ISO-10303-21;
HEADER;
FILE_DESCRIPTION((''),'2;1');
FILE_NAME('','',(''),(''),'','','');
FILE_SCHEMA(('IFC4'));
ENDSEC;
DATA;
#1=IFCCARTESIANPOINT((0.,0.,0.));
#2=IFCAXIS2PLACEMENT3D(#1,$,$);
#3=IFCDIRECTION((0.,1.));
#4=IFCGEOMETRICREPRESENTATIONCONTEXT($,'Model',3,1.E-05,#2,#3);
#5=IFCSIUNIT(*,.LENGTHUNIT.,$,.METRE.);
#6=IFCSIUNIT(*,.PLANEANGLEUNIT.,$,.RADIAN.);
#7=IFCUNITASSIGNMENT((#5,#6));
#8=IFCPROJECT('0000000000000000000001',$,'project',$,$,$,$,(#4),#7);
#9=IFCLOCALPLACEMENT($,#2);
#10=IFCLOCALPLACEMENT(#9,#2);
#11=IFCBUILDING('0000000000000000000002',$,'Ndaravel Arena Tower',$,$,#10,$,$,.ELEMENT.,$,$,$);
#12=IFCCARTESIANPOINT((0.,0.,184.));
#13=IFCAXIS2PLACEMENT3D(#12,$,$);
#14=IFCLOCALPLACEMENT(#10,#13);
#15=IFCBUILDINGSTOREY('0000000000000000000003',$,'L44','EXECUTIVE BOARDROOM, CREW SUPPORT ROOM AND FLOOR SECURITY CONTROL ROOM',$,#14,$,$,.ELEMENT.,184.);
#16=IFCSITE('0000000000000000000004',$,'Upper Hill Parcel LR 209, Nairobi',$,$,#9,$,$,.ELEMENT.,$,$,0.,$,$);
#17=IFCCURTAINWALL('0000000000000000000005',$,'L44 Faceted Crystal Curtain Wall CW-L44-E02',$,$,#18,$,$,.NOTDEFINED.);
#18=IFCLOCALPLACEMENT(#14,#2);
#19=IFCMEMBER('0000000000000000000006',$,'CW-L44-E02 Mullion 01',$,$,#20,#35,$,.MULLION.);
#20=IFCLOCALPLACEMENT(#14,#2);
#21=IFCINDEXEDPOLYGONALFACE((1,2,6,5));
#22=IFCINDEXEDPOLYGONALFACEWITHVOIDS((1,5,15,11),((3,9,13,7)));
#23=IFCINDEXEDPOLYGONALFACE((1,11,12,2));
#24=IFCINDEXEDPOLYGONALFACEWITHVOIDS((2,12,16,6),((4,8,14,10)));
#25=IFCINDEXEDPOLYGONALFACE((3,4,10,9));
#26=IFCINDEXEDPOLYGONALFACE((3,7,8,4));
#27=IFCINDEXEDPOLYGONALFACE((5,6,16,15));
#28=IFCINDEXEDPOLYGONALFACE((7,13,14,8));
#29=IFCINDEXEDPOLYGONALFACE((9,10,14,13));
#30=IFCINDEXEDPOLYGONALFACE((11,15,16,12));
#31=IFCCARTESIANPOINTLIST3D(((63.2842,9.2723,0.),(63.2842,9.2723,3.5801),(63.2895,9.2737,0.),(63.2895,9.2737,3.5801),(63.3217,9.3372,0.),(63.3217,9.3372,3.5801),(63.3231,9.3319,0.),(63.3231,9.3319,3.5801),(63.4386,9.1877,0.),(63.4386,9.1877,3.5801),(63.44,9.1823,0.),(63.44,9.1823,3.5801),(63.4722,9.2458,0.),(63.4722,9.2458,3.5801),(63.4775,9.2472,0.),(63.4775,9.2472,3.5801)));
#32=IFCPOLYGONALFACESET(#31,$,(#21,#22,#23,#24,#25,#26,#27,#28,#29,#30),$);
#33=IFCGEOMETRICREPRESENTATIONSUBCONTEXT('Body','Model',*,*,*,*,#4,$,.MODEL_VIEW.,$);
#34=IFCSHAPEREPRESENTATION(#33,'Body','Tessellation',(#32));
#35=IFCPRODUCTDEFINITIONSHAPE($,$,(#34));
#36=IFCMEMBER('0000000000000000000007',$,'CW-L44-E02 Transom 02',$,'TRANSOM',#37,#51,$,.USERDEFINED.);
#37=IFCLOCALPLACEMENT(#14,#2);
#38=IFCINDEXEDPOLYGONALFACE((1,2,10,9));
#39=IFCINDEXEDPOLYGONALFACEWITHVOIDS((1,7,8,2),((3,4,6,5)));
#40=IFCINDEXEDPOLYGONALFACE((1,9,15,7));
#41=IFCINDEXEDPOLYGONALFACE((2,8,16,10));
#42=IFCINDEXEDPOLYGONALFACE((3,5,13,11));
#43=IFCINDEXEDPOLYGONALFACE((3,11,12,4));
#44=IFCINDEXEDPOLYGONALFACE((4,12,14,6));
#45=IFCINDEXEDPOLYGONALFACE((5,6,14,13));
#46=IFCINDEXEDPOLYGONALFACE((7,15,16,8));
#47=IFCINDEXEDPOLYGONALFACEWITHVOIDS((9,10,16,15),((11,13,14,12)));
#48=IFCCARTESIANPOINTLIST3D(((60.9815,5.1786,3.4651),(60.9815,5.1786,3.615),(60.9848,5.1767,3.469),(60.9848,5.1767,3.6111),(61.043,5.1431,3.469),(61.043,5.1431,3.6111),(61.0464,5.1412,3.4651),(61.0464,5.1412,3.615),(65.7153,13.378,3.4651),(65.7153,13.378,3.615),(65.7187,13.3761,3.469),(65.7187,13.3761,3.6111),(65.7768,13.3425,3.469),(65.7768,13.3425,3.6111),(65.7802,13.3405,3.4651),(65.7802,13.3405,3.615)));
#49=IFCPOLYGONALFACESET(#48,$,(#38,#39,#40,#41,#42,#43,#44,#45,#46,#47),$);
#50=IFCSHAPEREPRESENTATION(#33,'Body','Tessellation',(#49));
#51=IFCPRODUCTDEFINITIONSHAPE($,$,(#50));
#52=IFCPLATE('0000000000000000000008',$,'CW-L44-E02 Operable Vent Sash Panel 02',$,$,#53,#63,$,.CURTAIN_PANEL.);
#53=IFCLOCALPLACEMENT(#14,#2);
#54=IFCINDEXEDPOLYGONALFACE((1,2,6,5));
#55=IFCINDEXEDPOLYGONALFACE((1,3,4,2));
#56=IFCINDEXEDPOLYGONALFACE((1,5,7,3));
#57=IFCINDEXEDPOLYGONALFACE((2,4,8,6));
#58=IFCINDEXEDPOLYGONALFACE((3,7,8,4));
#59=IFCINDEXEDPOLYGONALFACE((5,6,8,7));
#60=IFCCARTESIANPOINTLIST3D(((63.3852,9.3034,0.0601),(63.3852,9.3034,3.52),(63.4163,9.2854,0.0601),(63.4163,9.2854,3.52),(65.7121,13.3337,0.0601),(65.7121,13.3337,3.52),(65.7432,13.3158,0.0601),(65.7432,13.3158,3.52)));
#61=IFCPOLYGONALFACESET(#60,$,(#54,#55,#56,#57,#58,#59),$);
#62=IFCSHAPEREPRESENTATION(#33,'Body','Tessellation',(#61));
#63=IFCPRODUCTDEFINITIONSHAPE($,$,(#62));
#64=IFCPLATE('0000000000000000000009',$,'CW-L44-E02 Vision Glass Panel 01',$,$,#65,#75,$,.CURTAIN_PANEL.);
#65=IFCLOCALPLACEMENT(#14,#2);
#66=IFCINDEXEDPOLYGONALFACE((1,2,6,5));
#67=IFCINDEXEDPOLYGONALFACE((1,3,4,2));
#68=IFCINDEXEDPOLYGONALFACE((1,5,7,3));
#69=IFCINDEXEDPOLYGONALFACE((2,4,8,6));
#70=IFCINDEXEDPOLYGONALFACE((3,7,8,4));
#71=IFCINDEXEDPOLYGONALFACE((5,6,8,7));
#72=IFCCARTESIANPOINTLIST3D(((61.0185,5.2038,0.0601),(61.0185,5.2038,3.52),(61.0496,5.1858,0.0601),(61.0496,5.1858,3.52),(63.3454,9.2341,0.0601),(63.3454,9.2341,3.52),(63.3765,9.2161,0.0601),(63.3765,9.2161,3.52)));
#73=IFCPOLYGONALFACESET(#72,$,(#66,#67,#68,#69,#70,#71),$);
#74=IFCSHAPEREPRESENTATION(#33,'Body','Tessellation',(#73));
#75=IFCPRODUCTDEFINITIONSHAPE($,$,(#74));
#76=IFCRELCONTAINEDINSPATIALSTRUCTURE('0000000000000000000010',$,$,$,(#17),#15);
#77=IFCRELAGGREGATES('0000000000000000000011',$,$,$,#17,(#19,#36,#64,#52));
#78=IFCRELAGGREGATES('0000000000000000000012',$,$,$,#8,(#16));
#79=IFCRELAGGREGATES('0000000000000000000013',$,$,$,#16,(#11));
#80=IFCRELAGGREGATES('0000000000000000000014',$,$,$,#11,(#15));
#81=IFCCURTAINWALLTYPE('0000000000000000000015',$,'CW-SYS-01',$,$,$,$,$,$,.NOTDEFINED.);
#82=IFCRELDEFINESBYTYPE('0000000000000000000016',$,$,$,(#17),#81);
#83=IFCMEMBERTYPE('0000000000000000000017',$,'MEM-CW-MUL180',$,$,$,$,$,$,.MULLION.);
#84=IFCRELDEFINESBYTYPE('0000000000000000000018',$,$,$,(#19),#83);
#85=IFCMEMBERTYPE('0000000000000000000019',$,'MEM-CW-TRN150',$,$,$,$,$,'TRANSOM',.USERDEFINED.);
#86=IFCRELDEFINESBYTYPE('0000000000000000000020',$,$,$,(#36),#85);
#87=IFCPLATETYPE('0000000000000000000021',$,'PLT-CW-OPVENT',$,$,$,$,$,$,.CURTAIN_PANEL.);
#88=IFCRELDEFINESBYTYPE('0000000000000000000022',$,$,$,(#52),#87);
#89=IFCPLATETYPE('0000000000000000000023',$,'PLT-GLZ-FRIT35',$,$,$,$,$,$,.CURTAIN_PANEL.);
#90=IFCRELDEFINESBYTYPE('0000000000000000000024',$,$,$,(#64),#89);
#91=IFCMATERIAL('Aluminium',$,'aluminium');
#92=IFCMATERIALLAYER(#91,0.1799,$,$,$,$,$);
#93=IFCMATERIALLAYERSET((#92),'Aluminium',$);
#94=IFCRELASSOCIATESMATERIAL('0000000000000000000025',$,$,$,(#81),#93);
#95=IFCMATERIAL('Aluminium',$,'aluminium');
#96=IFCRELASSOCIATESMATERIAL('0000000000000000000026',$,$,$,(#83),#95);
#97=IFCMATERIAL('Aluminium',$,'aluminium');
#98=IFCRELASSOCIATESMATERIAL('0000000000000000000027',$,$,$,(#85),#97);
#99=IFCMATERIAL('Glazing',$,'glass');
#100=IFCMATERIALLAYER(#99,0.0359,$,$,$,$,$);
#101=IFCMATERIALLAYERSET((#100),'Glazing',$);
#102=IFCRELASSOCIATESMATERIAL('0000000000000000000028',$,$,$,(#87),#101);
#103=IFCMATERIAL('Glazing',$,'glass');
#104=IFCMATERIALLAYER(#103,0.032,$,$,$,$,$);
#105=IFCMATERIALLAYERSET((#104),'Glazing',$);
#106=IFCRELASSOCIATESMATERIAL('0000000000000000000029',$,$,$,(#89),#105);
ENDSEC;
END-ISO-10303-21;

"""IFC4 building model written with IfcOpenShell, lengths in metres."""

from ifc_helpers import new_model, si_unit, direction, frame, origin, origin_2d, place, context, subcontext, project, spatial, rectangle, hollow_rectangle, extrude, material, layer, layer_set, material_profile, profile_set, type_object, element, aggregate, save


model = new_model("IFC4")

# Units and contexts
model_context = context("Model", 3, precision=1e-05, world=origin(), true_north=direction((0.0, 1.0)))
body_context = subcontext(model_context, "Body", "Model", "MODEL_VIEW")
ifc_project = project(units=[si_unit("LENGTHUNIT", "METRE"), si_unit("PLANEANGLEUNIT", "RADIAN")], contexts=[model_context])

# Site, building, storey
site_placement = place(None, origin())
site = spatial("IfcSite", under=ifc_project, at=site_placement, Name="Upper Hill Parcel LR 209, Nairobi", CompositionType="ELEMENT", RefElevation=0.0)
building_placement = place(site_placement, origin())
building = spatial("IfcBuilding", under=site, at=building_placement, Name="Ndaravel Arena Tower", CompositionType="ELEMENT")
storey_placement = place(building_placement, frame((0.0, 0.0, 184.0)))
storey = spatial("IfcBuildingStorey", under=building, at=storey_placement, Name="L44", Description="EXECUTIVE BOARDROOM, CREW SUPPORT ROOM AND FLOOR SECURITY CONTROL ROOM", CompositionType="ELEMENT", Elevation=184.0)

# Curtain wall, members, plates
ifc_material_1 = material(Name="Aluminium", Category="aluminium")
ifc_layer_1 = layer(ifc_material_1, 0.1799)
ifc_layer_set_1 = layer_set([ifc_layer_1], Name="Aluminium")
curtain_wall_type = type_object("IfcCurtainWallType", Name="CW-SYS-01", PredefinedType="NOTDEFINED", material=ifc_layer_set_1)
curtain_wall_placement = place(storey_placement, origin())
curtain_wall = element("IfcCurtainWall", 1, at=curtain_wall_placement, inside=storey, type_object=curtain_wall_type, Name="L44 Faceted Crystal Curtain Wall CW-L44-E02", PredefinedType="NOTDEFINED")
ifc_material_2 = material(Name="Aluminium", Category="aluminium")
ifc_material_profile_1 = material_profile(ifc_material_2, hollow_rectangle(XDim=0.075, YDim=0.1799, WallThickness=0.0039, at=origin_2d()), Name="CW MULLION 75x180x4")
ifc_profile_set_1 = profile_set([ifc_material_profile_1], Name="Aluminium")
member_type_1 = type_object("IfcMemberType", Name="MEM-CW-MUL180", PredefinedType="MULLION", material=ifc_profile_set_1)
member_1_placement = place(storey_placement, frame((63.3809, 9.2598, 0.0), z_axis=(0.0, 0.0, 1.0), x_axis=(0.5, 0.866025, 0.0)))
member_1 = element("IfcMember", 2, at=member_1_placement, type_object=member_type_1, Name="CW-L44-E02 Mullion 01", PredefinedType="MULLION", context=body_context, shape_type="SweptSolid", body=[
    extrude(hollow_rectangle(XDim=0.075, YDim=0.1799, WallThickness=0.0039, at=origin_2d()), origin(), (0.0, 0.0, 1.0), 3.5801),
])
ifc_material_3 = material(Name="Aluminium", Category="aluminium")
ifc_material_profile_2 = material_profile(ifc_material_3, hollow_rectangle(XDim=0.075, YDim=0.1499, WallThickness=0.0039, at=origin_2d()), Name="CW TRANSOM 75x150x4")
ifc_profile_set_2 = profile_set([ifc_material_profile_2], Name="Aluminium")
member_type_2 = type_object("IfcMemberType", Name="MEM-CW-TRN150", ElementType="TRANSOM", PredefinedType="USERDEFINED", material=ifc_profile_set_2)
member_2_placement = place(storey_placement, frame((61.0139, 5.1599, 3.54), z_axis=(0.499994, 0.866029, 0.0), x_axis=(-0.866029, 0.499994, 0.0)))
member_2 = element("IfcMember", 3, at=member_2_placement, type_object=member_type_2, Name="CW-L44-E02 Transom 02", ObjectType="TRANSOM", PredefinedType="USERDEFINED", context=body_context, shape_type="SweptSolid", body=[
    extrude(hollow_rectangle(XDim=0.075, YDim=0.1499, WallThickness=0.0039, at=origin_2d()), origin(), (0.0, 0.0, 1.0), 9.4678),
])
ifc_material_4 = material(Name="Glazing", Category="glass")
ifc_layer_2 = layer(ifc_material_4, 0.0359)
ifc_layer_set_2 = layer_set([ifc_layer_2], Name="Glazing")
plate_type_1 = type_object("IfcPlateType", Name="PLT-CW-OPVENT", PredefinedType="CURTAIN_PANEL", material=ifc_layer_set_2)
plate_1_placement = place(storey_placement, frame((64.5642, 11.3096, 0.0601), z_axis=(0.0, 0.0, 1.0), x_axis=(0.5, 0.866025, 0.0)))
plate_1 = element("IfcPlate", 4, at=plate_1_placement, type_object=plate_type_1, Name="CW-L44-E02 Operable Vent Sash Panel 02", PredefinedType="CURTAIN_PANEL", context=body_context, shape_type="SweptSolid", body=[
    extrude(rectangle(XDim=4.6538, YDim=0.0359, at=origin_2d()), origin(), (0.0, 0.0, 1.0), 3.46),
])
ifc_material_5 = material(Name="Glazing", Category="glass")
ifc_layer_3 = layer(ifc_material_5, 0.032)
ifc_layer_set_3 = layer_set([ifc_layer_3], Name="Glazing")
plate_type_2 = type_object("IfcPlateType", Name="PLT-GLZ-FRIT35", PredefinedType="CURTAIN_PANEL", material=ifc_layer_set_3)
plate_2_placement = place(storey_placement, frame((62.1975, 7.21, 0.0601), z_axis=(0.0, 0.0, 1.0), x_axis=(0.5, 0.866025, 0.0)))
plate_2 = element("IfcPlate", 5, at=plate_2_placement, type_object=plate_type_2, Name="CW-L44-E02 Vision Glass Panel 01", PredefinedType="CURTAIN_PANEL", context=body_context, shape_type="SweptSolid", body=[
    extrude(rectangle(XDim=4.6538, YDim=0.0359, at=origin_2d()), origin(), (0.0, 0.0, 1.0), 3.46),
])
aggregate(curtain_wall, [member_1, member_2, plate_2, plate_1])

save(model, "model.ifc")
